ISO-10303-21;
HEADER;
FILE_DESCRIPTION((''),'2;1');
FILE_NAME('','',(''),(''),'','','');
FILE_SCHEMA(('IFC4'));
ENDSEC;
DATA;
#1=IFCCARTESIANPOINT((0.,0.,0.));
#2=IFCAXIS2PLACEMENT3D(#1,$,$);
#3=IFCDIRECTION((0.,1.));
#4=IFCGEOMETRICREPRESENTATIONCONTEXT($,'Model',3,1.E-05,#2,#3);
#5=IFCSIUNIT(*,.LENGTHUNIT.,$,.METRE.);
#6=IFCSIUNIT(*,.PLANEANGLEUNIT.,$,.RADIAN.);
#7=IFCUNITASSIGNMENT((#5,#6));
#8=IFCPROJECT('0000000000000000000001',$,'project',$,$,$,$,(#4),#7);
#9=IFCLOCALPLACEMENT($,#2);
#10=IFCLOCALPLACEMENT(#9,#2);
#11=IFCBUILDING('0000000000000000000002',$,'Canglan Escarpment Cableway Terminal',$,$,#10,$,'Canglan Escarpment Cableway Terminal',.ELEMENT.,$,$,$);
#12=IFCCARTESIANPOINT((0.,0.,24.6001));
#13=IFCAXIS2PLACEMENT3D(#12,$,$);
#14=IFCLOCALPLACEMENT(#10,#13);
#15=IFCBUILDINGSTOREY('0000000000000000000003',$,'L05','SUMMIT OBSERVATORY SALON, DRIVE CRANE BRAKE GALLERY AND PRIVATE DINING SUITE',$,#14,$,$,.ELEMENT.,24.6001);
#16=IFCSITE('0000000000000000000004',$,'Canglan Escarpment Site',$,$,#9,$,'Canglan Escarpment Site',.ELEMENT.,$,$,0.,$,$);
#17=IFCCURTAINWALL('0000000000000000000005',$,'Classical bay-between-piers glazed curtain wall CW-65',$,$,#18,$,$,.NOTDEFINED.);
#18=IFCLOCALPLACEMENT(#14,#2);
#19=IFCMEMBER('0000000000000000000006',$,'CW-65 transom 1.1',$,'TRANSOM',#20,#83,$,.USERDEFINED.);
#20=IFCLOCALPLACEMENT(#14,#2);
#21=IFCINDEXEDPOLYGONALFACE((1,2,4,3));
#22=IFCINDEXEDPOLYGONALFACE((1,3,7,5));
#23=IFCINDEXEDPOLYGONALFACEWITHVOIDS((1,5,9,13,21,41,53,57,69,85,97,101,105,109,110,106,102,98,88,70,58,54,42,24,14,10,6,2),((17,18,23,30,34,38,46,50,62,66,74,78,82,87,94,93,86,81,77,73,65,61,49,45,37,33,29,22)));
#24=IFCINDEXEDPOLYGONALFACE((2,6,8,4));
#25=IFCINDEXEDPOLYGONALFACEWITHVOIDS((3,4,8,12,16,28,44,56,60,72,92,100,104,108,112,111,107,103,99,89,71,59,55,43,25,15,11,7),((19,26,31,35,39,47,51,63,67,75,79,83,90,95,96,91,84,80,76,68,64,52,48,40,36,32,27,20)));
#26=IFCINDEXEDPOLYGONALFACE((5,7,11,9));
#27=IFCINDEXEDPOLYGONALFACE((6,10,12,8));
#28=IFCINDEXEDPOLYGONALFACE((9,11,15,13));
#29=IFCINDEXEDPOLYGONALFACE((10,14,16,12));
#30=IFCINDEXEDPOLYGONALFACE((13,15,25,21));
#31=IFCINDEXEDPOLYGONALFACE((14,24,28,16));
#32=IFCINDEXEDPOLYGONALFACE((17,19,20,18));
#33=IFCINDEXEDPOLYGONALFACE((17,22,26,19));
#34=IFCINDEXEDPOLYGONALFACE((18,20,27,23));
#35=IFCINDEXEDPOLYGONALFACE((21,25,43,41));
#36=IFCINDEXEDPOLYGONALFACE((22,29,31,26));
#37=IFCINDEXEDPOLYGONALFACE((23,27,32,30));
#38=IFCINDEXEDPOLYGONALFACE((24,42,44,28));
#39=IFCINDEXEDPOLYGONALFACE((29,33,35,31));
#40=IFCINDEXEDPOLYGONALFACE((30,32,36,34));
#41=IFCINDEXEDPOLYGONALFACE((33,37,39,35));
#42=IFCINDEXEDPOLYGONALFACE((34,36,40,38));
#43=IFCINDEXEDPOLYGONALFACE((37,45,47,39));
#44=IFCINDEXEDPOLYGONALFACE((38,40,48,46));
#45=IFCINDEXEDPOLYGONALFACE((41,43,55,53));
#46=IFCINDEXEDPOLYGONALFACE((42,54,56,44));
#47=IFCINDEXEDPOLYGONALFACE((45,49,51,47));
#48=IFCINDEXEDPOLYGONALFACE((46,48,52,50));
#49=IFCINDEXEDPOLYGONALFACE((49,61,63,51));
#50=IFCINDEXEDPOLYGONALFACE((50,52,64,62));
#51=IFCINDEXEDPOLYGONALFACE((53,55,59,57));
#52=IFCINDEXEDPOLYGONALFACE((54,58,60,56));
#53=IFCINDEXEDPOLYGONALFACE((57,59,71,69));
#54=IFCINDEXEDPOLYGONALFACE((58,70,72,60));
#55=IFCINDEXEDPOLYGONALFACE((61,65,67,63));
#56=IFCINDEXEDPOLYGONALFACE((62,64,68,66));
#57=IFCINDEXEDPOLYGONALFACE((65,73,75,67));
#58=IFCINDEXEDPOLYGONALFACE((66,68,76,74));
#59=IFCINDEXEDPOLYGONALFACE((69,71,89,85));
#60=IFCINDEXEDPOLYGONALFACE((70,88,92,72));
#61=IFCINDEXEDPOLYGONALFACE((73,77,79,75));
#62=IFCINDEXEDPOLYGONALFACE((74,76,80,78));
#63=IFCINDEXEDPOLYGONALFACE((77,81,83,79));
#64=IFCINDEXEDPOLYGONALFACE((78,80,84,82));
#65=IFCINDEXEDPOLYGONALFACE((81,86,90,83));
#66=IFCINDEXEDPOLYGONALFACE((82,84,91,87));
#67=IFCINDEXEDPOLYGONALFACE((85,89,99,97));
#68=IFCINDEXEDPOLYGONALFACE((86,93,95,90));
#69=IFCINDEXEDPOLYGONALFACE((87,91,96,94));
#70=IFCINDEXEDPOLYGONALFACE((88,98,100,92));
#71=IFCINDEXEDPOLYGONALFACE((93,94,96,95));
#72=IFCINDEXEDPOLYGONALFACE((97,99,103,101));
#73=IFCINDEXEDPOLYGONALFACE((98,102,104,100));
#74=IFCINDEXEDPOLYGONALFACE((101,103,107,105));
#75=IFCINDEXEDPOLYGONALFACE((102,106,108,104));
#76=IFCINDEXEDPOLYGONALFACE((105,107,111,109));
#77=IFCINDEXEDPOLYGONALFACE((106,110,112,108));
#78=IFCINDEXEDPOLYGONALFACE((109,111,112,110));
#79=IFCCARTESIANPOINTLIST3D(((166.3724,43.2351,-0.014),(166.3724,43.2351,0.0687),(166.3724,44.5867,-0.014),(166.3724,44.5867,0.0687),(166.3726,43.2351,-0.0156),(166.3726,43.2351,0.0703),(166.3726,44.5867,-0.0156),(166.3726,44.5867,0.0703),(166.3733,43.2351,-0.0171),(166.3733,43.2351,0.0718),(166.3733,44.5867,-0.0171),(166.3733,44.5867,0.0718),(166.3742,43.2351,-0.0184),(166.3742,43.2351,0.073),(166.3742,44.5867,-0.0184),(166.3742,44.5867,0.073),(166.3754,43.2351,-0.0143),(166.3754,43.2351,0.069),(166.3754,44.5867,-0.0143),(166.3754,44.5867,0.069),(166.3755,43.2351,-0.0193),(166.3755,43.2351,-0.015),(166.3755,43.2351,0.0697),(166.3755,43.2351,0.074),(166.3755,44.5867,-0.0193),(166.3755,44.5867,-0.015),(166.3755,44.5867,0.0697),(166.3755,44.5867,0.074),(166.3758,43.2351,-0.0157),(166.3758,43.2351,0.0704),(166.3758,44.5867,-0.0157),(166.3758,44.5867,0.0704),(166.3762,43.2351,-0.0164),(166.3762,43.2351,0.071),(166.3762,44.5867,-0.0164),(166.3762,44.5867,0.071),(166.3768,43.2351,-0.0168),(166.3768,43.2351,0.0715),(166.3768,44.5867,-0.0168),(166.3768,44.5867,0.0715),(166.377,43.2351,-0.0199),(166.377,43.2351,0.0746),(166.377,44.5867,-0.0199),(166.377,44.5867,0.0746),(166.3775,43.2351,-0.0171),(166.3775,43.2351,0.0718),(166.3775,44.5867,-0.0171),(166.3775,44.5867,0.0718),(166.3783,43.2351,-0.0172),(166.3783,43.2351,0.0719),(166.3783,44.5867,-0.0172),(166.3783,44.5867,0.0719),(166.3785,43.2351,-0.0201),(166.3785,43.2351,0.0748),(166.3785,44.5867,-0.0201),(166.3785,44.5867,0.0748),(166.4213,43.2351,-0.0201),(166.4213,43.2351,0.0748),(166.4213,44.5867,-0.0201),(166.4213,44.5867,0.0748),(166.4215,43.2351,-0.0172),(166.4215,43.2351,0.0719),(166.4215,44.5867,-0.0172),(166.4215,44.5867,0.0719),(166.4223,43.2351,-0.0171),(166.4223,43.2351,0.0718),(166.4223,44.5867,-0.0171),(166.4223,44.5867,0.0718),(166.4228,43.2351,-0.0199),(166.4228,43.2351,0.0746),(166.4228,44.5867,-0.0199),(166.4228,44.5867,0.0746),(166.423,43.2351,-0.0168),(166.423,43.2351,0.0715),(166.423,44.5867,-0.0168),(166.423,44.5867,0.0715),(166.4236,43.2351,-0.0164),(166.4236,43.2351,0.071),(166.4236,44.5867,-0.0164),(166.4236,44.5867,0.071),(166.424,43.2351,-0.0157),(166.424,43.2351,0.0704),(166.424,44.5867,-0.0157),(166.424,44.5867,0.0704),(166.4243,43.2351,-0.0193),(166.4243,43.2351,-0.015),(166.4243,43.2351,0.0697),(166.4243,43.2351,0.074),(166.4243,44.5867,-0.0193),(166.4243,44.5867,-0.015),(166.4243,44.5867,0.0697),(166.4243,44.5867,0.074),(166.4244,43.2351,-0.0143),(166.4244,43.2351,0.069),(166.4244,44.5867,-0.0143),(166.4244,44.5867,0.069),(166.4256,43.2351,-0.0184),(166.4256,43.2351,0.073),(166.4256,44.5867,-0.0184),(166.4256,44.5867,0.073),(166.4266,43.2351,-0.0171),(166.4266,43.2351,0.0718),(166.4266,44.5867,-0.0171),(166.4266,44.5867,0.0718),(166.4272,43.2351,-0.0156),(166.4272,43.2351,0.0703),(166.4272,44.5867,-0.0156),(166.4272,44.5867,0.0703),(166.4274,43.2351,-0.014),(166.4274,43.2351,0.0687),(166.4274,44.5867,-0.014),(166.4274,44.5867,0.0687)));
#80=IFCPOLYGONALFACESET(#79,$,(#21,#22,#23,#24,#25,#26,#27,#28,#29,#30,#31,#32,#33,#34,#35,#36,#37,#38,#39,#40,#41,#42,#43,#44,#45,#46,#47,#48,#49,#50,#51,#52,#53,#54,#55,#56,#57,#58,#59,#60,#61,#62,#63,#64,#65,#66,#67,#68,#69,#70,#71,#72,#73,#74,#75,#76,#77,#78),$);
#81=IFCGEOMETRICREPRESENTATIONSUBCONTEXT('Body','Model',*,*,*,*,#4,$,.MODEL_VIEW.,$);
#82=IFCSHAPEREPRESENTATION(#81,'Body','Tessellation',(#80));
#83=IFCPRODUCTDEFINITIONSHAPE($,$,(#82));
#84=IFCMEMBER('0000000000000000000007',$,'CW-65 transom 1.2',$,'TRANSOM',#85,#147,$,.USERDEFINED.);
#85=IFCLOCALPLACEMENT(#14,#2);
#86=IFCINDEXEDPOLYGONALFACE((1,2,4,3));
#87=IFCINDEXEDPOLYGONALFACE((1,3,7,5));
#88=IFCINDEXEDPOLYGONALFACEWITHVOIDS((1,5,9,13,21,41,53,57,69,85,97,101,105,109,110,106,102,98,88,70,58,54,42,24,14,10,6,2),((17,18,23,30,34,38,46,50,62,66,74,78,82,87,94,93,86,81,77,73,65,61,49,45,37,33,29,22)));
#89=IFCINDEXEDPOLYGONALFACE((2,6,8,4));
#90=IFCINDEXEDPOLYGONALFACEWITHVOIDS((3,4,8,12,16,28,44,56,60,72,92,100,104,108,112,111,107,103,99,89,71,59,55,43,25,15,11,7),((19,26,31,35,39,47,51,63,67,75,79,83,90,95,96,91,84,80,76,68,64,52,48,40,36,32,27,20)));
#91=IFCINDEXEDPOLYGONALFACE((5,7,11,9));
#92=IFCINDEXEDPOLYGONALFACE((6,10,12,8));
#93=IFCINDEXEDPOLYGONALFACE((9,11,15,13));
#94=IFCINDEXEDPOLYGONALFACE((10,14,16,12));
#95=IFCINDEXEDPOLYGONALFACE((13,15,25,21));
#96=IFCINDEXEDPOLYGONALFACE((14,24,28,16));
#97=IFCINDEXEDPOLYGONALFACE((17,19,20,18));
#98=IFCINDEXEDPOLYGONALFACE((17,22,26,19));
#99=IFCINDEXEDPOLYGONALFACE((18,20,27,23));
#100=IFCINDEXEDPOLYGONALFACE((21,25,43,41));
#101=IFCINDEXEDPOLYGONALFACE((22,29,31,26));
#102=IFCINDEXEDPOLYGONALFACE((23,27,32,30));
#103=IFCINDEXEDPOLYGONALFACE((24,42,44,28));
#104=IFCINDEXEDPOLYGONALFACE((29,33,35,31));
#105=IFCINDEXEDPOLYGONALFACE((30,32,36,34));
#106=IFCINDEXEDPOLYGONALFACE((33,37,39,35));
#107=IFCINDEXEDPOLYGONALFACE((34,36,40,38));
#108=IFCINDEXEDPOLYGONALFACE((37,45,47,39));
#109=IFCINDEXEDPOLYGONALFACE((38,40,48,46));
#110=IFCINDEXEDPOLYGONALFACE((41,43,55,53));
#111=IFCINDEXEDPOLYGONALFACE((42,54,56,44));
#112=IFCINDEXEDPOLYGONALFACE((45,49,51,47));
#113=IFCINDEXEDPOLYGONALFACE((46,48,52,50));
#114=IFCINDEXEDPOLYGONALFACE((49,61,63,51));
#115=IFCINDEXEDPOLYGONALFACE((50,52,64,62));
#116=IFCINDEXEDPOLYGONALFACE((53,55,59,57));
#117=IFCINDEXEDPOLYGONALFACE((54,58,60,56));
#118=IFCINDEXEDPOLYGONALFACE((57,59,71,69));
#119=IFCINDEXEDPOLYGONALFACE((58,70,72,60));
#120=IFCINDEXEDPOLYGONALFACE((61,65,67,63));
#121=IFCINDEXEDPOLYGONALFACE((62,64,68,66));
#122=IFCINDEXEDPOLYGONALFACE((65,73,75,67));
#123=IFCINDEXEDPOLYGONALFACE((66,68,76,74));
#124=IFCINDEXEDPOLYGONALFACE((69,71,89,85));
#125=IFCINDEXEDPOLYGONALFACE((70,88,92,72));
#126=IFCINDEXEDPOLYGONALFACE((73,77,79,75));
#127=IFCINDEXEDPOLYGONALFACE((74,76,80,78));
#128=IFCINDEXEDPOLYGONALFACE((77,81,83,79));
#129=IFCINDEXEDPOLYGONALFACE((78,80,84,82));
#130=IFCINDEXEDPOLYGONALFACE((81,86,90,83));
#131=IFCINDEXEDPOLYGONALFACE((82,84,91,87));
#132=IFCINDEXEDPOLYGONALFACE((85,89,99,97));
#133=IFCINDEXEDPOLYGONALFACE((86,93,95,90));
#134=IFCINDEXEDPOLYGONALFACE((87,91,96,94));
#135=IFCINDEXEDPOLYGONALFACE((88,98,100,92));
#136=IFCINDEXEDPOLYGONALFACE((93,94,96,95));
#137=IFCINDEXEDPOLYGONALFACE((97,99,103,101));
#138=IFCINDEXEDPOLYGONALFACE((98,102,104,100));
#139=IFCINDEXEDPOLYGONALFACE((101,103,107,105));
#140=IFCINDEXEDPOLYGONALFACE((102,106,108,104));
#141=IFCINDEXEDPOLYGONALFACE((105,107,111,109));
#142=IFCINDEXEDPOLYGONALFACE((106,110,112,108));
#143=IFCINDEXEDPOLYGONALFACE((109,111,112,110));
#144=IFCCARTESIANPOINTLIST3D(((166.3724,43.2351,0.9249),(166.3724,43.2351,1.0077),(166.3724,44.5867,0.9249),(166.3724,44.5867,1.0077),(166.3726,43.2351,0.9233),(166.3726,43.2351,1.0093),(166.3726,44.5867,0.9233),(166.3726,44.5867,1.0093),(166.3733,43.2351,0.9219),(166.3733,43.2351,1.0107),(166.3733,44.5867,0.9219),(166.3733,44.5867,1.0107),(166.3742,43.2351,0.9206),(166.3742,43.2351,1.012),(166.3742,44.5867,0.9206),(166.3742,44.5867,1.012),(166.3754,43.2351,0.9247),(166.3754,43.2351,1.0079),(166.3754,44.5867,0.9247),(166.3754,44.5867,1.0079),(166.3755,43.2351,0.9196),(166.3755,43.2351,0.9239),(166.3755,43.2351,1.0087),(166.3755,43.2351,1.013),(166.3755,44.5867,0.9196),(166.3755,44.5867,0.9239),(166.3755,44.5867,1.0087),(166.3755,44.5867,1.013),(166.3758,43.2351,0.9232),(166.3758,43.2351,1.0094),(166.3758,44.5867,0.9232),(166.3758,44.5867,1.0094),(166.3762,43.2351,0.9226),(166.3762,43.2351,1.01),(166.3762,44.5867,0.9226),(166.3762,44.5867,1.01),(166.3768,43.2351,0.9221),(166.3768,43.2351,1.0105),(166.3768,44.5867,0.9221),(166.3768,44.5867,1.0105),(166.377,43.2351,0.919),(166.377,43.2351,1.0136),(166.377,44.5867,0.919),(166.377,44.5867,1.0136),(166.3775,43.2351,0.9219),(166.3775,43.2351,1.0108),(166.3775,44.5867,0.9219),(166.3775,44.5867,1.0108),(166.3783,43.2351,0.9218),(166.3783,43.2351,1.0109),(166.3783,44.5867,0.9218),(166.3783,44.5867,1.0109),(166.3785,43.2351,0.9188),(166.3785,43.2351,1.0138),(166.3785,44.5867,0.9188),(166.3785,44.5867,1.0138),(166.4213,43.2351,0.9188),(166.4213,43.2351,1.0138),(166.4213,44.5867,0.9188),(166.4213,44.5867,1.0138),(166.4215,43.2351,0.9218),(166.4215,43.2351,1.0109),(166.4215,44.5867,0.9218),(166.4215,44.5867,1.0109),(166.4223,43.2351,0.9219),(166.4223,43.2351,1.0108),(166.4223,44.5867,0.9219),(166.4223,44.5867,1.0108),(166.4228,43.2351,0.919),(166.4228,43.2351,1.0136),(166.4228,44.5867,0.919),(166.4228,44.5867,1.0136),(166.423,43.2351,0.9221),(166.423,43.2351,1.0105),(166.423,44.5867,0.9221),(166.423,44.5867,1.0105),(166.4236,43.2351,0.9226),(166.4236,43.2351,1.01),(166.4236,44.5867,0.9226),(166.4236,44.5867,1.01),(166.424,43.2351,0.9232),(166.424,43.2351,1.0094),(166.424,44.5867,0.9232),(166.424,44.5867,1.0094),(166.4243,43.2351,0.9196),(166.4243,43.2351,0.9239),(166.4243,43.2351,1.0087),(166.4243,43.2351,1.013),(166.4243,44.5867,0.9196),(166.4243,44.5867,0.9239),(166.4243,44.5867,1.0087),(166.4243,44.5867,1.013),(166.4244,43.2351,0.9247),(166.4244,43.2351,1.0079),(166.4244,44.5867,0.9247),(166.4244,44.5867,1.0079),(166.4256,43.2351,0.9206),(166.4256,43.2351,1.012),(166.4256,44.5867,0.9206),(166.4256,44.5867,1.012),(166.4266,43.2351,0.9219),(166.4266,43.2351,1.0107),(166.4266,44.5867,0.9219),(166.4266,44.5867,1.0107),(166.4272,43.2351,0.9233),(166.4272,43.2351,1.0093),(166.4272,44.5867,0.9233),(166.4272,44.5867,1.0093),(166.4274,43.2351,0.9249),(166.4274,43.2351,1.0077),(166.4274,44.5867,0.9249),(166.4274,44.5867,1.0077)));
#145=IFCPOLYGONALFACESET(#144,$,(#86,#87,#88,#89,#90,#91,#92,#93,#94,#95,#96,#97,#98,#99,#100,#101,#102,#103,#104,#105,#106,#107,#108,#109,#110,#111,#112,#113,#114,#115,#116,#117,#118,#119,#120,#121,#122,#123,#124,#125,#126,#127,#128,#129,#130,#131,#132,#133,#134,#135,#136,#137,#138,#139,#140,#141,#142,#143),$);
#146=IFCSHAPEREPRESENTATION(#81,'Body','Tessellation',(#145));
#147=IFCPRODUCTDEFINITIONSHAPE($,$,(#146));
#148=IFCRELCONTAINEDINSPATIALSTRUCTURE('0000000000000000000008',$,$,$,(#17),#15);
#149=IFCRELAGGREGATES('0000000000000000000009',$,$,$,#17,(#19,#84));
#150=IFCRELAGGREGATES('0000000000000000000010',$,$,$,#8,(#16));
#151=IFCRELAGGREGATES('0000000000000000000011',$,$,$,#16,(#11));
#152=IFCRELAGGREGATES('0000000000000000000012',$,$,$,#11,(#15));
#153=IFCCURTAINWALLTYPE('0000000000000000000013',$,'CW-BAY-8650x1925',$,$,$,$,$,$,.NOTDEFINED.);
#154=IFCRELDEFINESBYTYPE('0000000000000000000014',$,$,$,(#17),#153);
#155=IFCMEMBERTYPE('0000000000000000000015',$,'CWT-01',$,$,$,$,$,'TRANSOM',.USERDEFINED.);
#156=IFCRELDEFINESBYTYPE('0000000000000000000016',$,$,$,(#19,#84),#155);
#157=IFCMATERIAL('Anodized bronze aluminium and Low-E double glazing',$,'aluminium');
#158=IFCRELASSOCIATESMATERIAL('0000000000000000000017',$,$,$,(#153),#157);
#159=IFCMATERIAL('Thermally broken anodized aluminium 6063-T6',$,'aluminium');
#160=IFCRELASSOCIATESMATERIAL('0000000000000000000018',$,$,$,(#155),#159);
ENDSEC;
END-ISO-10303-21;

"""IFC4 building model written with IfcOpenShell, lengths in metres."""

from ifc_helpers import new_model, si_unit, direction, frame, origin, origin_2d, place, context, subcontext, project, spatial, hollow_rectangle, extrude, material, material_profile, profile_set, type_object, element, aggregate, save


model = new_model("IFC4")

# Units and contexts
model_context = context("Model", 3, precision=1e-05, world=origin(), true_north=direction((0.0, 1.0)))
body_context = subcontext(model_context, "Body", "Model", "MODEL_VIEW")
ifc_project = project(units=[si_unit("LENGTHUNIT", "METRE"), si_unit("PLANEANGLEUNIT", "RADIAN")], contexts=[model_context])

# Site, building, storey
site_placement = place(None, origin())
site = spatial("IfcSite", under=ifc_project, at=site_placement, Name="Canglan Escarpment Site", LongName="Canglan Escarpment Site", CompositionType="ELEMENT", RefElevation=0.0)
building_placement = place(site_placement, origin())
building = spatial("IfcBuilding", under=site, at=building_placement, Name="Canglan Escarpment Cableway Terminal", LongName="Canglan Escarpment Cableway Terminal", CompositionType="ELEMENT")
storey_placement = place(building_placement, frame((0.0, 0.0, 24.6001)))
storey = spatial("IfcBuildingStorey", under=building, at=storey_placement, Name="L05", Description="SUMMIT OBSERVATORY SALON, DRIVE CRANE BRAKE GALLERY AND PRIVATE DINING SUITE", CompositionType="ELEMENT", Elevation=24.6001)

# Curtain wall, members
ifc_material_1 = material(Name="Anodized bronze aluminium and Low-E double glazing", Category="aluminium")
curtain_wall_type = type_object("IfcCurtainWallType", Name="CW-BAY-8650x1925", PredefinedType="NOTDEFINED", material=ifc_material_1)
curtain_wall_placement = place(storey_placement, origin())
curtain_wall = element("IfcCurtainWall", 1, at=curtain_wall_placement, inside=storey, type_object=curtain_wall_type, Name="Classical bay-between-piers glazed curtain wall CW-65", PredefinedType="NOTDEFINED")
ifc_material_2 = material(Name="Thermally broken anodized aluminium 6063-T6", Category="aluminium")
ifc_material_profile_1 = material_profile(ifc_material_2, hollow_rectangle(XDim=0.0549, YDim=0.095, WallThickness=0.0029, InnerFilletRadius=0.0029, OuterFilletRadius=0.0061, at=origin_2d()), Name="ALU-TRAN 55x95x3")
ifc_profile_set_1 = profile_set([ifc_material_profile_1], Name="Thermally broken anodized aluminium 6063-T6")
member_type_1 = type_object("IfcMemberType", Name="CWT-01", ElementType="TRANSOM", PredefinedType="USERDEFINED", material=ifc_profile_set_1)
member_1_placement = place(storey_placement, frame((166.3999, 43.2351, 0.0273), z_axis=(0.0, 1.0, 0.0), x_axis=(-1.0, 0.0, 0.0)))
member_1 = element("IfcMember", 2, at=member_1_placement, type_object=member_type_1, Name="CW-65 transom 1.1", ObjectType="TRANSOM", PredefinedType="USERDEFINED", context=body_context, shape_type="SweptSolid", body=[
    extrude(hollow_rectangle(XDim=0.0549, YDim=0.095, WallThickness=0.0029, InnerFilletRadius=0.0029, OuterFilletRadius=0.0061, at=origin_2d()), origin(), (0.0, 0.0, 1.0), 1.3516),
])
member_2_placement = place(storey_placement, frame((166.3999, 43.2351, 0.9663), z_axis=(0.0, 1.0, 0.0), x_axis=(-1.0, 0.0, 0.0)))
member_2 = element("IfcMember", 3, at=member_2_placement, type_object=member_type_1, Name="CW-65 transom 1.2", ObjectType="TRANSOM", PredefinedType="USERDEFINED", context=body_context, shape_type="SweptSolid", body=[
    extrude(hollow_rectangle(XDim=0.0549, YDim=0.095, WallThickness=0.0029, InnerFilletRadius=0.0029, OuterFilletRadius=0.0061, at=origin_2d()), origin(), (0.0, 0.0, 1.0), 1.3516),
])

aggregate(curtain_wall, [member_1, member_2])

save(model, "model.ifc")
